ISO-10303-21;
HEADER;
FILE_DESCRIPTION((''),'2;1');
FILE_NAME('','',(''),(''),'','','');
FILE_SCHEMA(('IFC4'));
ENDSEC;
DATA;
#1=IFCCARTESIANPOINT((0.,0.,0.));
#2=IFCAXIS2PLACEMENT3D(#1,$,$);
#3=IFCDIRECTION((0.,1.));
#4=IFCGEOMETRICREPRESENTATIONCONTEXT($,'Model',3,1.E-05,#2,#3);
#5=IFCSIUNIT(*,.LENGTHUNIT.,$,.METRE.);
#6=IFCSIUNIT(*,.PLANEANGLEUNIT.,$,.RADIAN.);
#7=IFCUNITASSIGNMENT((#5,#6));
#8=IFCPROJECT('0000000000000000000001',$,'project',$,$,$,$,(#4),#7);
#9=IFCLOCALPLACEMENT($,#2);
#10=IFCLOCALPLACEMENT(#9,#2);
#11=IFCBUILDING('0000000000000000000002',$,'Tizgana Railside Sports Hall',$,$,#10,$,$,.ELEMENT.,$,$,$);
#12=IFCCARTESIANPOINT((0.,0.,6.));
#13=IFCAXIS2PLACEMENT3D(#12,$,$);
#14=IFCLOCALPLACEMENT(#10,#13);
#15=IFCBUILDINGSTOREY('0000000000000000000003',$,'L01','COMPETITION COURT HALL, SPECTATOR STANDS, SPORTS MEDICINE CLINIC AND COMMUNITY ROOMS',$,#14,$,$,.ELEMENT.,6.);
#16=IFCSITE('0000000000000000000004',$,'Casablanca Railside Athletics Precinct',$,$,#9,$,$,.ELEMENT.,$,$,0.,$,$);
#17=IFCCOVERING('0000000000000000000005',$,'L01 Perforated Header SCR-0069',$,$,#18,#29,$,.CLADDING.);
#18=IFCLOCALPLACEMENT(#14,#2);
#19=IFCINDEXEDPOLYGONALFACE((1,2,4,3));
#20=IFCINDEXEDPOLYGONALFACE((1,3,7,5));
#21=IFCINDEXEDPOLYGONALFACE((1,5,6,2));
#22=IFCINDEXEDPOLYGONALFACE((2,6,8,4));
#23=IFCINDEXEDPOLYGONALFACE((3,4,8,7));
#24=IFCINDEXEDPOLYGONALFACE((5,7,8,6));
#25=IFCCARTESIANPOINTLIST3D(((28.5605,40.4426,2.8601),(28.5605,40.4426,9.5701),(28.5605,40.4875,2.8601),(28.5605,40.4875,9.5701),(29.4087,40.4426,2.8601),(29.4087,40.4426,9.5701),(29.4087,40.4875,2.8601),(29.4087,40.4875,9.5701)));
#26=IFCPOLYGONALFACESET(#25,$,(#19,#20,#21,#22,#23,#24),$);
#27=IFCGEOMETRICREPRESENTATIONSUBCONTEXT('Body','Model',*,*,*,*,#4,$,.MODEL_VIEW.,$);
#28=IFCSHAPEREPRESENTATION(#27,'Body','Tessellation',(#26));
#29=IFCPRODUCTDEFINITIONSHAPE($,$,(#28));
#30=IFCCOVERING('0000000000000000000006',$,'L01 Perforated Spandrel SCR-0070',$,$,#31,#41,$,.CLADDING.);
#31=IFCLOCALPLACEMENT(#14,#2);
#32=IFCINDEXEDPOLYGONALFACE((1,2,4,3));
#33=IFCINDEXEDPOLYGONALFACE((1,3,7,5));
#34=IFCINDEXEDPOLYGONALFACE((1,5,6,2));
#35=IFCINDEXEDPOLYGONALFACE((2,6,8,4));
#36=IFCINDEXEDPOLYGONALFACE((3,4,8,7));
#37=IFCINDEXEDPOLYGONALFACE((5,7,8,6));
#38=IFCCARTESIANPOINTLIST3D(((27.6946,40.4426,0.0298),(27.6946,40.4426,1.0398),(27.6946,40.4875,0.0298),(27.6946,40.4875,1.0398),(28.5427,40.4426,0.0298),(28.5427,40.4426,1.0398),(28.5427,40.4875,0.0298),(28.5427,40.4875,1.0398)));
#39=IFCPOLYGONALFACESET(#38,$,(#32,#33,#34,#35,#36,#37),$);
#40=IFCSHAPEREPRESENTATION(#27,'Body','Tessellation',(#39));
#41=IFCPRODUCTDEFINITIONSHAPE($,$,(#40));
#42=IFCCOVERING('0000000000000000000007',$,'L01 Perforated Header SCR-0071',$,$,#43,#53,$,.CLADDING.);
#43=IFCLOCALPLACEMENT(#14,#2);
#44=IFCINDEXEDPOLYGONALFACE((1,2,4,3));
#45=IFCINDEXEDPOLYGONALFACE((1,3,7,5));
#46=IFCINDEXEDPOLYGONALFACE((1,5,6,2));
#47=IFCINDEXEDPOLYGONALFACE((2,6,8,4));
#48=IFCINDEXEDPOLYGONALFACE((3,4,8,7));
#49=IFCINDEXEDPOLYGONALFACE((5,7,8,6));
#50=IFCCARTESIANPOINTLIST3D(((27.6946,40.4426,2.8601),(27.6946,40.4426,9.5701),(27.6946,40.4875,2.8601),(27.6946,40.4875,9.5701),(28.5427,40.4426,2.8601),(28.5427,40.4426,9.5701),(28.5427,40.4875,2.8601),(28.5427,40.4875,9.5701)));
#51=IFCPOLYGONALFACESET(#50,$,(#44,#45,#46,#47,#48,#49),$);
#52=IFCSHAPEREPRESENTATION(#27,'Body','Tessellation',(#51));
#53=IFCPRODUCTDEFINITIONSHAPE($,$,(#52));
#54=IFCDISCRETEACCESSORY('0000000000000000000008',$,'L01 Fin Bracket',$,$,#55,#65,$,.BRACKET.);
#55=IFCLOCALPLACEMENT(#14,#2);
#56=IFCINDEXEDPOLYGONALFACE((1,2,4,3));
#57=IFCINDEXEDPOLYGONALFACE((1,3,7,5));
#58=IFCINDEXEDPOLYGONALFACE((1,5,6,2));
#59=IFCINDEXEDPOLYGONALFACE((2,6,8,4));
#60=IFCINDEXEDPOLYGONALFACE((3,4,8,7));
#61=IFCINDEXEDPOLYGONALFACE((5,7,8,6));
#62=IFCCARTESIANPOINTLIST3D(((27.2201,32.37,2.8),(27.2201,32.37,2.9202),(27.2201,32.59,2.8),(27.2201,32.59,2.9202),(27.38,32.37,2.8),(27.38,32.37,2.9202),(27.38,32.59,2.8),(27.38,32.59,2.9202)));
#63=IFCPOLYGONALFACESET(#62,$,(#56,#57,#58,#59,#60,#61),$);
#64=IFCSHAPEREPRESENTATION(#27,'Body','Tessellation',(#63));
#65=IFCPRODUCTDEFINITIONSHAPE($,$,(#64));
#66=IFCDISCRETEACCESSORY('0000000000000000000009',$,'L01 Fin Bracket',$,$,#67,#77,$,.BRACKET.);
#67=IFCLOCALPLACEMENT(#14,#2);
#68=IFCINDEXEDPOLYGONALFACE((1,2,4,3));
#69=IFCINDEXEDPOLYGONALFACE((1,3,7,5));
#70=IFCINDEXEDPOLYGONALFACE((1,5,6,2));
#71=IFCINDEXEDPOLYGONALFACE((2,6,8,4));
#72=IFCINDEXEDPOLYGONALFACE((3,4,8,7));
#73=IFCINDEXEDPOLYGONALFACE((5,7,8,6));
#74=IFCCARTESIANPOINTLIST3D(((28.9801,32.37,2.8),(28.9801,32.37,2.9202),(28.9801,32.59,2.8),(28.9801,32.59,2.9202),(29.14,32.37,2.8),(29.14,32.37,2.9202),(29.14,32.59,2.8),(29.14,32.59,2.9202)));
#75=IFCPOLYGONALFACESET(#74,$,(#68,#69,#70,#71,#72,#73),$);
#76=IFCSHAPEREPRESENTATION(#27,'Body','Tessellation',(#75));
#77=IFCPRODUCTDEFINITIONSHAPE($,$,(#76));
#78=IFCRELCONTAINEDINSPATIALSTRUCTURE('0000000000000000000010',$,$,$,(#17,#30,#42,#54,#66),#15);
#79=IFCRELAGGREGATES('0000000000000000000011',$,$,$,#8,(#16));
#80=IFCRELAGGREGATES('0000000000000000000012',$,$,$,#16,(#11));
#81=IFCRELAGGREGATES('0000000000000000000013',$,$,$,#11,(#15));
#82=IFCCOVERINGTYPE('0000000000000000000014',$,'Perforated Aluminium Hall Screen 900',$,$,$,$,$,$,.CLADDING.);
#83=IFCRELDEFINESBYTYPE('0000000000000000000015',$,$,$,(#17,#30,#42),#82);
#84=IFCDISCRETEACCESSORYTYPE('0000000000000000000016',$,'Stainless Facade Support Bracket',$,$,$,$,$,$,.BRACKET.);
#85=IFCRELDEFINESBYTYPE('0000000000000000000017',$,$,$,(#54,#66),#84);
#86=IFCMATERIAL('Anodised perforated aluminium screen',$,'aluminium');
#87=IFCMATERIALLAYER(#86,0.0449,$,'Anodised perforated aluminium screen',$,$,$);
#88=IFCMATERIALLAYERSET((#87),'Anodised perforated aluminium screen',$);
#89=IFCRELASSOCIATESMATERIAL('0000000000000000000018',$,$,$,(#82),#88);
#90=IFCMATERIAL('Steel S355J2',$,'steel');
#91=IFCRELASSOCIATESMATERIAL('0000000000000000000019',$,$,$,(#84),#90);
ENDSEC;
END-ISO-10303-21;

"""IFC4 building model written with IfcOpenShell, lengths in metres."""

from ifc_helpers import new_model, si_unit, direction, frame, origin, origin_2d, place, context, subcontext, project, spatial, rectangle, extrude, material, layer, layer_set, type_object, element, save


model = new_model("IFC4")

# Units and contexts
model_context = context("Model", 3, precision=1e-05, world=origin(), true_north=direction((0.0, 1.0)))
body_context = subcontext(model_context, "Body", "Model", "MODEL_VIEW")
ifc_project = project(units=[si_unit("LENGTHUNIT", "METRE"), si_unit("PLANEANGLEUNIT", "RADIAN")], contexts=[model_context])

# Site, building, storey
site_placement = place(None, origin())
site = spatial("IfcSite", under=ifc_project, at=site_placement, Name="Casablanca Railside Athletics Precinct", CompositionType="ELEMENT", RefElevation=0.0)
building_placement = place(site_placement, origin())
building = spatial("IfcBuilding", under=site, at=building_placement, Name="Tizgana Railside Sports Hall", CompositionType="ELEMENT")
storey_placement = place(building_placement, frame((0.0, 0.0, 6.0)))
storey = spatial("IfcBuildingStorey", under=building, at=storey_placement, Name="L01", Description="COMPETITION COURT HALL, SPECTATOR STANDS, SPORTS MEDICINE CLINIC AND COMMUNITY ROOMS", CompositionType="ELEMENT", Elevation=6.0)

# Shared definitions
ifc_material_1 = material(Name="Steel S355J2", Category="steel")

# Coverings
ifc_material_2 = material(Name="Anodised perforated aluminium screen", Category="aluminium")
ifc_layer_1 = layer(ifc_material_2, 0.0449, Name="Anodised perforated aluminium screen")
ifc_layer_set_1 = layer_set([ifc_layer_1], Name="Anodised perforated aluminium screen")
covering_type_1 = type_object("IfcCoveringType", Name="Perforated Aluminium Hall Screen 900", PredefinedType="CLADDING", material=ifc_layer_set_1)
covering_1_placement = place(storey_placement, frame((28.9846, 40.4651, 2.8601), z_axis=(0.0, 0.0, 1.0), x_axis=(-1.0, 0.0, 0.0)))
element("IfcCovering", 1, at=covering_1_placement, inside=storey, type_object=covering_type_1, Name="L01 Perforated Header SCR-0069", PredefinedType="CLADDING", context=body_context, shape_type="SweptSolid", body=[
    extrude(rectangle(XDim=0.8481, YDim=0.0449, at=origin_2d()), origin(), (0.0, 0.0, 1.0), 6.71),
])
covering_2_placement = place(storey_placement, frame((28.1187, 40.4651, 0.0298), z_axis=(0.0, 0.0, 1.0), x_axis=(-1.0, 0.0, 0.0)))
element("IfcCovering", 2, at=covering_2_placement, inside=storey, type_object=covering_type_1, Name="L01 Perforated Spandrel SCR-0070", PredefinedType="CLADDING", context=body_context, shape_type="SweptSolid", body=[
    extrude(rectangle(XDim=0.8481, YDim=0.0449, at=origin_2d()), origin(), (0.0, 0.0, 1.0), 1.01),
])
covering_3_placement = place(storey_placement, frame((28.1187, 40.4651, 2.8601), z_axis=(0.0, 0.0, 1.0), x_axis=(-1.0, 0.0, 0.0)))
element("IfcCovering", 3, at=covering_3_placement, inside=storey, type_object=covering_type_1, Name="L01 Perforated Header SCR-0071", PredefinedType="CLADDING", context=body_context, shape_type="SweptSolid", body=[
    extrude(rectangle(XDim=0.8481, YDim=0.0449, at=origin_2d()), origin(), (0.0, 0.0, 1.0), 6.71),
])

# Discrete accessories
discrete_accessory_type = type_object("IfcDiscreteAccessoryType", Name="Stainless Facade Support Bracket", PredefinedType="BRACKET", material=ifc_material_1)
for number, where, z_axis, x_axis, name in (
    (4, (27.3, 32.48, 2.8), (0.0, 0.0, 1.0), (1.0, 0.0, 0.0), "L01 Fin Bracket"),
    (5, (29.0601, 32.48, 2.8), (0.0, 0.0, 1.0), (1.0, 0.0, 0.0), "L01 Fin Bracket"),
):
    element("IfcDiscreteAccessory", number, at=place(storey_placement, frame(where, z_axis=z_axis, x_axis=x_axis)), inside=storey, type_object=discrete_accessory_type, Name=name, PredefinedType="BRACKET", context=body_context, shape_type="SweptSolid", body=[
        extrude(rectangle(XDim=0.1599, YDim=0.22, at=origin_2d()), origin(), (0.0, 0.0, 1.0), 0.1201),
    ])

save(model, "model.ifc")
